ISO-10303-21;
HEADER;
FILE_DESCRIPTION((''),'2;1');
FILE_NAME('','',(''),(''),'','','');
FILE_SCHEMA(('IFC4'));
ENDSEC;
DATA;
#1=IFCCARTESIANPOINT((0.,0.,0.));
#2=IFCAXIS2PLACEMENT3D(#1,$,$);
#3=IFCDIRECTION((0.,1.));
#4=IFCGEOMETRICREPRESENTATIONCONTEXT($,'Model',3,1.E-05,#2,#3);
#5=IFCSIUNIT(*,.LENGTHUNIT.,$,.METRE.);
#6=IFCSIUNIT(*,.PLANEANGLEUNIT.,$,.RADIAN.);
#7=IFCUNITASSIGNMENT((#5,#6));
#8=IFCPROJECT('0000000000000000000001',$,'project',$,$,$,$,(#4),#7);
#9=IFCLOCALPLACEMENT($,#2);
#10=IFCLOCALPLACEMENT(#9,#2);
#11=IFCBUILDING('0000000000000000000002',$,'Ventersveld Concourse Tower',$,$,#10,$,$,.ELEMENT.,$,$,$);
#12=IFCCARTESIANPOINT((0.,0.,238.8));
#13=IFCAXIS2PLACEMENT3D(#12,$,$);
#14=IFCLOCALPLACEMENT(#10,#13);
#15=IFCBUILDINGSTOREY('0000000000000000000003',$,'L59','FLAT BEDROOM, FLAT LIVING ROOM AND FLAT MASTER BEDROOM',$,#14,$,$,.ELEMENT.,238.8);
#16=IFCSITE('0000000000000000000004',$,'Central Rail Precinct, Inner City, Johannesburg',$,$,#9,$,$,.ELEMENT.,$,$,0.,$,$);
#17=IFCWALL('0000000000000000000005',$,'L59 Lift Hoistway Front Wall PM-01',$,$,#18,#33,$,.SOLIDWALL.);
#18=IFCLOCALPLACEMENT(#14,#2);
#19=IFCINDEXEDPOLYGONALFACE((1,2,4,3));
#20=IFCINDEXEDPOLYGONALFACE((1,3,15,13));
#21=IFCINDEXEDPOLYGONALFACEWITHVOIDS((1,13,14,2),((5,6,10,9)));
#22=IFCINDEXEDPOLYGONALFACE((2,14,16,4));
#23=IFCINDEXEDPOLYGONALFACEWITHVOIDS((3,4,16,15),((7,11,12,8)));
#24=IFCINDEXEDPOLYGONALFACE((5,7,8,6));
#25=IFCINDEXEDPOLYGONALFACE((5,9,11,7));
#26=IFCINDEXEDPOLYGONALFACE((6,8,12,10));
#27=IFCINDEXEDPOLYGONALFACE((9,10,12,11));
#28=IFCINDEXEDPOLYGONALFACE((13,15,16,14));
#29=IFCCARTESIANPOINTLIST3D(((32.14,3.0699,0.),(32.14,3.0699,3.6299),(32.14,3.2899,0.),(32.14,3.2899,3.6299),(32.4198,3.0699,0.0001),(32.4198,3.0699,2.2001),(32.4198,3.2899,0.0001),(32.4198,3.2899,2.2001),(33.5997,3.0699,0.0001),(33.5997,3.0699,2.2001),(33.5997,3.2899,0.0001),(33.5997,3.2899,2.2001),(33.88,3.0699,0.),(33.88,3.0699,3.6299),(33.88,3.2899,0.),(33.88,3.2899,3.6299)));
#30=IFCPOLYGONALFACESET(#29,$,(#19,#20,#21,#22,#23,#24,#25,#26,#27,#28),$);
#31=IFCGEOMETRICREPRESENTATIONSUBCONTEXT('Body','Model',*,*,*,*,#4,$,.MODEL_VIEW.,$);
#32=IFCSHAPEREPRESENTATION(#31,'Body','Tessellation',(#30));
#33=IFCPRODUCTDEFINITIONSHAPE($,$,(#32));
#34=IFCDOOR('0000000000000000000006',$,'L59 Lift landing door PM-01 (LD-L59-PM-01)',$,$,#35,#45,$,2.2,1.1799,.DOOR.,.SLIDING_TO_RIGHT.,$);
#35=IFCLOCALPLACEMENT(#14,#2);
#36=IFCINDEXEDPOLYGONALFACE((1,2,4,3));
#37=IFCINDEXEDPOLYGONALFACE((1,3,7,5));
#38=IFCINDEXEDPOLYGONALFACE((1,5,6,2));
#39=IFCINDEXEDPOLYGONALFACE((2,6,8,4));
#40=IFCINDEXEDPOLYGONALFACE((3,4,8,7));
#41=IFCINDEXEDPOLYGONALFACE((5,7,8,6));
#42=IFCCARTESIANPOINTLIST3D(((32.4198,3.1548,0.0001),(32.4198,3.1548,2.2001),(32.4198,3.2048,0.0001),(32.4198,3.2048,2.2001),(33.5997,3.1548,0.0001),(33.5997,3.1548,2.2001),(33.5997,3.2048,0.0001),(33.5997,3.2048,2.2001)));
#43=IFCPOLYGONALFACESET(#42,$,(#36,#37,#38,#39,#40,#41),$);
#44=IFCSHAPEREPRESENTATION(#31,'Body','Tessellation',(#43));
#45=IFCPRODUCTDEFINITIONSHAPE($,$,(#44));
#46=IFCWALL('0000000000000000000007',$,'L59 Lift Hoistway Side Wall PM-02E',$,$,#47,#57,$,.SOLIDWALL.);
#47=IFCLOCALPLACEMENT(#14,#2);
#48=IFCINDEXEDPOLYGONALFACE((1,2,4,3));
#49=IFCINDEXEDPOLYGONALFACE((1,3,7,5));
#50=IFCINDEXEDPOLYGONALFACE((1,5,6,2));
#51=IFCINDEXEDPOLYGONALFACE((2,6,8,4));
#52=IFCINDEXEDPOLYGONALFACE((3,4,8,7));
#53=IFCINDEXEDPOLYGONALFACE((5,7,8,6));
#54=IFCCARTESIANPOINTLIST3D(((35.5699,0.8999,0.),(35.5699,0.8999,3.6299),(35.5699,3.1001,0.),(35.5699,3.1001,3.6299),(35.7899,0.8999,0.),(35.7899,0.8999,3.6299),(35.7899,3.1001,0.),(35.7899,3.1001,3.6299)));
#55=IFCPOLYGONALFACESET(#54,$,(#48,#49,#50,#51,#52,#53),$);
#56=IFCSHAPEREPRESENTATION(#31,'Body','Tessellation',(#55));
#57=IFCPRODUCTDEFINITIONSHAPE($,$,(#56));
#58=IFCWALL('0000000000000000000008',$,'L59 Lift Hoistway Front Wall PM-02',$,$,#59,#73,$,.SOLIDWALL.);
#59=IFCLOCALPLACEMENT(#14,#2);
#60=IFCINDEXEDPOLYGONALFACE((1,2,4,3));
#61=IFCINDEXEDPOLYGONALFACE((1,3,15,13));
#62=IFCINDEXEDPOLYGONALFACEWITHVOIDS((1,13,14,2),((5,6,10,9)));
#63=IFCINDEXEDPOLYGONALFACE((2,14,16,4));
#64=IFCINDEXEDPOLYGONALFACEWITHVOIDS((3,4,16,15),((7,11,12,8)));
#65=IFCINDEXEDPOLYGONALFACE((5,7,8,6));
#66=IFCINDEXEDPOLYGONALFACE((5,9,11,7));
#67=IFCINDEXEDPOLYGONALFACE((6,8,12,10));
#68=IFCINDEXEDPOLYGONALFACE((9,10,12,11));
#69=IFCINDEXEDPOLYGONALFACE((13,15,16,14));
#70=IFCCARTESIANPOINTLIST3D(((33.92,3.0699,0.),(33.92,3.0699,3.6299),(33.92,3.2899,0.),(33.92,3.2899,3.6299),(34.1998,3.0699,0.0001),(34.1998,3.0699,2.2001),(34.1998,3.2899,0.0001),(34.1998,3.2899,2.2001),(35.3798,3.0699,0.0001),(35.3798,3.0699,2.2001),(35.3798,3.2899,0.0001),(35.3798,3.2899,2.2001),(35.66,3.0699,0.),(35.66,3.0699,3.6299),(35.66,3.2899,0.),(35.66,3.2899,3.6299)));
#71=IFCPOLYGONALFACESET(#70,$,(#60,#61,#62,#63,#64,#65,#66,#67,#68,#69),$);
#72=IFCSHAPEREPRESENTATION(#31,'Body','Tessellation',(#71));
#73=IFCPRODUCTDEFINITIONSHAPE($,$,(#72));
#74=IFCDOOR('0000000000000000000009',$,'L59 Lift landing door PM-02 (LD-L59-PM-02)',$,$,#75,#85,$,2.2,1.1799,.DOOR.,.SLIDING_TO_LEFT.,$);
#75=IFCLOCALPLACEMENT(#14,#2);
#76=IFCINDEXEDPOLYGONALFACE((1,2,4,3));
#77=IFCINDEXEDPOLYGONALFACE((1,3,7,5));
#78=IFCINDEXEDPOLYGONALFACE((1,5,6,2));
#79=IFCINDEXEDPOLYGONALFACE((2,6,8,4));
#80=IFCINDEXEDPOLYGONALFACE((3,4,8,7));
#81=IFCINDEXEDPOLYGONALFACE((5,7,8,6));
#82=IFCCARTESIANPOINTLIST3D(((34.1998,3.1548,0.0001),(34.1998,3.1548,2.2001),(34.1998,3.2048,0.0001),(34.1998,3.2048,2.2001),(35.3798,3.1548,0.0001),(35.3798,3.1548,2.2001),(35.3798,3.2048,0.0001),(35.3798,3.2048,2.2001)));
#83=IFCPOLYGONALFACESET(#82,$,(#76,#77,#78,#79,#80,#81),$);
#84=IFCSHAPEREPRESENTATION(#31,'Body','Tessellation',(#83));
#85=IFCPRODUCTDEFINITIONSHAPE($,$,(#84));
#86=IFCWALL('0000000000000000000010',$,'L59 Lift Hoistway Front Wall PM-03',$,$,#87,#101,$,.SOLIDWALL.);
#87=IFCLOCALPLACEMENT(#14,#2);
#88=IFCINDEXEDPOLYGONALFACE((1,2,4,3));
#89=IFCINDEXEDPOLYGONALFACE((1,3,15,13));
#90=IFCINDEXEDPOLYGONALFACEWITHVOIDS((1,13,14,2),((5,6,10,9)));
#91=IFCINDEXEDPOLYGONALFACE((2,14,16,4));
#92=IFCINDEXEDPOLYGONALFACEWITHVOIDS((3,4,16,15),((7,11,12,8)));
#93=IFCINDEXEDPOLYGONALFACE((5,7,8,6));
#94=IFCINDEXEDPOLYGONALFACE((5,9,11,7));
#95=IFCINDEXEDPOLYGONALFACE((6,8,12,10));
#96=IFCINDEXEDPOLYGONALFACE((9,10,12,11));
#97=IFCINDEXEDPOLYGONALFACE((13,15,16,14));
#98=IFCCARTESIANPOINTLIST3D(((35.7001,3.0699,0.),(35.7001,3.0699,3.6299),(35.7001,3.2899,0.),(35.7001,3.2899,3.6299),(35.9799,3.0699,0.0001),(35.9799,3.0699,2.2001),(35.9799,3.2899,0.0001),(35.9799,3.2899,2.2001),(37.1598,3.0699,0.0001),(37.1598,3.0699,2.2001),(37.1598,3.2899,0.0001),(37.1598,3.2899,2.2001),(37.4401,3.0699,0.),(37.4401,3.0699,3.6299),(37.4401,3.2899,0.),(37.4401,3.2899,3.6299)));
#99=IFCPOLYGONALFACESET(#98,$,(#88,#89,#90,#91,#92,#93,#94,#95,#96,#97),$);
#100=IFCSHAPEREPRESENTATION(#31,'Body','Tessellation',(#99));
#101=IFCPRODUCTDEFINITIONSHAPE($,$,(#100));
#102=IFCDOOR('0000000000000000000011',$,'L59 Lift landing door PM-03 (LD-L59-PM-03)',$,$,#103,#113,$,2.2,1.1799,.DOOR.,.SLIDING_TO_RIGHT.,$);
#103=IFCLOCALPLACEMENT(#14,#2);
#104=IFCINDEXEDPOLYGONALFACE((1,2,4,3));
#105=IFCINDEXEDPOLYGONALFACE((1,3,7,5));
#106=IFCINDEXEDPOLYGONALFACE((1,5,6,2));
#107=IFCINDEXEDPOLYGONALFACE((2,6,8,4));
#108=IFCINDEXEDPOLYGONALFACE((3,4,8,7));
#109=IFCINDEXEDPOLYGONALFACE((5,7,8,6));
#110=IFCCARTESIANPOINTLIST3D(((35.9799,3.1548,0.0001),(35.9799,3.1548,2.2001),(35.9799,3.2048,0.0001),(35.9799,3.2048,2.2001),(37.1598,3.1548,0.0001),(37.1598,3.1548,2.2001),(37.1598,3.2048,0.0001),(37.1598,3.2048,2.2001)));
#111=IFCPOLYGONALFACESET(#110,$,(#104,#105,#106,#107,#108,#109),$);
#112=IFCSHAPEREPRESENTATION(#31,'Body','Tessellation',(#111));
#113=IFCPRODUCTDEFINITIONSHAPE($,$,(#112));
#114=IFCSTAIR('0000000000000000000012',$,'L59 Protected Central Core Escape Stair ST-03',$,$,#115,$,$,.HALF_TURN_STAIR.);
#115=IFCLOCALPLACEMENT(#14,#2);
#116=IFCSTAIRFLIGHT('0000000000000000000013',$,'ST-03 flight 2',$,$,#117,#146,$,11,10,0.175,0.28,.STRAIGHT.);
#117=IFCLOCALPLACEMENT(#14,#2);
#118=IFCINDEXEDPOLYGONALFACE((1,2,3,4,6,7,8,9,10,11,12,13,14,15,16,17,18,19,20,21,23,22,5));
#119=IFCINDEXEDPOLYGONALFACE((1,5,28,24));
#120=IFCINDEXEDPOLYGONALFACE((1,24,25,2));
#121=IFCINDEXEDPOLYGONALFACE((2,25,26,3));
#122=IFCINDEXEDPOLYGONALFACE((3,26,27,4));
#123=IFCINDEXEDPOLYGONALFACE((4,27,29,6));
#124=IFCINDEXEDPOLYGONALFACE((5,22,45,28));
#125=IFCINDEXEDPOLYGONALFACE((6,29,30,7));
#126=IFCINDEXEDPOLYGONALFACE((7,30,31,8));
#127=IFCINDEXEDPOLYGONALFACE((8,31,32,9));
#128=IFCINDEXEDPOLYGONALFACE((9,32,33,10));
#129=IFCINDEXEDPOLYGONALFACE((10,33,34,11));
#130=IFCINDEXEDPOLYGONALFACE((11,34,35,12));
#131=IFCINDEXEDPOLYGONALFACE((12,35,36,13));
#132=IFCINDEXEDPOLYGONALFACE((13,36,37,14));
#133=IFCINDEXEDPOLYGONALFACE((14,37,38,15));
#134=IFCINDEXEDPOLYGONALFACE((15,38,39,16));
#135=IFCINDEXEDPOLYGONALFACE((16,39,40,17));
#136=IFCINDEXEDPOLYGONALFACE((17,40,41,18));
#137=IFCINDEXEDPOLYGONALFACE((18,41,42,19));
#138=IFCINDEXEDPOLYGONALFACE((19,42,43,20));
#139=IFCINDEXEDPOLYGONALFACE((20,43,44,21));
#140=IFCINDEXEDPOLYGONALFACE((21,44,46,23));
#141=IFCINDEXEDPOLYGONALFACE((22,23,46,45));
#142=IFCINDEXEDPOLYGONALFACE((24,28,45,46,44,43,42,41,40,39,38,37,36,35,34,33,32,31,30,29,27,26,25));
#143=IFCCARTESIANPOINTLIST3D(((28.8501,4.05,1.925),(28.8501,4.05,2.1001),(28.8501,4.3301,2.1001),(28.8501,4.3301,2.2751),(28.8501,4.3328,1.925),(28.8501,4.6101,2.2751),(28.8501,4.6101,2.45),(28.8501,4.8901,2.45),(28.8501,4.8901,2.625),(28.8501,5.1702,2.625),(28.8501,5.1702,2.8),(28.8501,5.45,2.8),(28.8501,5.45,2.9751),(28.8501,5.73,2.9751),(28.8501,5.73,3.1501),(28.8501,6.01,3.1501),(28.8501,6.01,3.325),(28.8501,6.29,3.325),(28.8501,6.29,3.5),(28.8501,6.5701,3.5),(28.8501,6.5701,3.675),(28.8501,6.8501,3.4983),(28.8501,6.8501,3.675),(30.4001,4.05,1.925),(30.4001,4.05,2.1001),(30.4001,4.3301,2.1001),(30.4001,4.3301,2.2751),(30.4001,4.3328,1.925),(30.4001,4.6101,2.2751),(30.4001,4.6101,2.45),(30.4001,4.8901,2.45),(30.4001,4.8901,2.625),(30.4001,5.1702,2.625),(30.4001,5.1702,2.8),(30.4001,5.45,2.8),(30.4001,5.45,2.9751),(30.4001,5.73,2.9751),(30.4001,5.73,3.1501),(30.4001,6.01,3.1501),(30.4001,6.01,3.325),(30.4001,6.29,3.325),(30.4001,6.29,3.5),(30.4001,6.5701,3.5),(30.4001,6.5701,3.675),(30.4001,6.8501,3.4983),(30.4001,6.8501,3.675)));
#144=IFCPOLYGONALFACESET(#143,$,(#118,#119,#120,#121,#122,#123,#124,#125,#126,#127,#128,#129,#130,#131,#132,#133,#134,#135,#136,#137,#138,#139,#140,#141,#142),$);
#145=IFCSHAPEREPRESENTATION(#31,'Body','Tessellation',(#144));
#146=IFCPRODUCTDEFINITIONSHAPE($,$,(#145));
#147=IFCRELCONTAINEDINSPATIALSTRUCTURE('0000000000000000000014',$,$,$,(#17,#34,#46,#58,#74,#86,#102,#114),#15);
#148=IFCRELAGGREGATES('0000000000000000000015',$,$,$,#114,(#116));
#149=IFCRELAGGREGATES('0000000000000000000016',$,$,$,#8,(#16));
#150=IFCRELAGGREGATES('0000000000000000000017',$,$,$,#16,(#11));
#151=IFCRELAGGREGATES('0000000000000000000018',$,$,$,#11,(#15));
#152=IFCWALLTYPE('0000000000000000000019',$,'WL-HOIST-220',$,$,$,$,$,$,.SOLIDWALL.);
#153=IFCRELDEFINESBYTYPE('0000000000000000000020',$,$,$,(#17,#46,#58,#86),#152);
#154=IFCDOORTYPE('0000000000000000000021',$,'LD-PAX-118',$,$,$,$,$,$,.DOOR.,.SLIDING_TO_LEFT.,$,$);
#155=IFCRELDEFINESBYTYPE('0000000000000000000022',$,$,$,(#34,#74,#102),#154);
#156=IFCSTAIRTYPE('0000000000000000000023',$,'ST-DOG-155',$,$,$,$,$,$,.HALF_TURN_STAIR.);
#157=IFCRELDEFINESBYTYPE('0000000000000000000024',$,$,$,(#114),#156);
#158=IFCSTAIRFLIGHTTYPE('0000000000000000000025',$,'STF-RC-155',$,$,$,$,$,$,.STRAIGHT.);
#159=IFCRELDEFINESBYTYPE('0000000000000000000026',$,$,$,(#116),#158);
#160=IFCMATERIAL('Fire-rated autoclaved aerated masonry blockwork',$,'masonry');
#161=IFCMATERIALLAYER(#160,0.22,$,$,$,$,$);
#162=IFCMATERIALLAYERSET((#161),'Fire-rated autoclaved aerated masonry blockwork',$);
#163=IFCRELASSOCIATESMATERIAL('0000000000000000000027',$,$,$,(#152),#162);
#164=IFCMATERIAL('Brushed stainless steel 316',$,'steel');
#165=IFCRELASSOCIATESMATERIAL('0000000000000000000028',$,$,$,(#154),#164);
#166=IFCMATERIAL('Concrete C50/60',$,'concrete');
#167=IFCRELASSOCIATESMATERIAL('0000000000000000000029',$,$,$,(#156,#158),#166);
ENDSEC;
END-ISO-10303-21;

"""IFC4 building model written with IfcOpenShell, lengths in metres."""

from ifc_helpers import new_model, si_unit, direction, frame, frame_2d, origin, place, context, subcontext, project, spatial, polyline, rectangle, outline, extrude, material, layer, layer_set, type_object, element, fill, aggregate, save


model = new_model("IFC4")

# Units and contexts
model_context = context("Model", 3, precision=1e-05, world=origin(), true_north=direction((0.0, 1.0)))
body_context = subcontext(model_context, "Body", "Model", "MODEL_VIEW")
ifc_project = project(units=[si_unit("LENGTHUNIT", "METRE"), si_unit("PLANEANGLEUNIT", "RADIAN")], contexts=[model_context])

# Site, building, storey
site_placement = place(None, origin())
site = spatial("IfcSite", under=ifc_project, at=site_placement, Name="Central Rail Precinct, Inner City, Johannesburg", CompositionType="ELEMENT", RefElevation=0.0)
building_placement = place(site_placement, origin())
building = spatial("IfcBuilding", under=site, at=building_placement, Name="Ventersveld Concourse Tower", CompositionType="ELEMENT")
storey_placement = place(building_placement, frame((0.0, 0.0, 238.8)))
storey = spatial("IfcBuildingStorey", under=building, at=storey_placement, Name="L59", Description="FLAT BEDROOM, FLAT LIVING ROOM AND FLAT MASTER BEDROOM", CompositionType="ELEMENT", Elevation=238.8)

# Shared definitions
ifc_material_1 = material(Name="Concrete C50/60", Category="concrete")

# Shared definitions
ifc_material_2 = material(Name="Fire-rated autoclaved aerated masonry blockwork", Category="masonry")
ifc_layer_1 = layer(ifc_material_2, 0.22)
ifc_layer_set_1 = layer_set([ifc_layer_1], Name="Fire-rated autoclaved aerated masonry blockwork")
wall_type_1 = type_object("IfcWallType", Name="WL-HOIST-220", PredefinedType="SOLIDWALL", material=ifc_layer_set_1)

# Wall, opening, door
wall_1_placement = place(storey_placement, frame((32.1399, 3.1799, 0.0), z_axis=(0.0, 0.0, 1.0), x_axis=(1.0, 0.0, 0.0)))
wall_1 = element("IfcWall", 1, at=wall_1_placement, inside=storey, type_object=wall_type_1, Name="L59 Lift Hoistway Front Wall PM-01", PredefinedType="SOLIDWALL", context=body_context, shape_type="SweptSolid", body=[
    extrude(rectangle(XDim=1.74, YDim=0.22, at=frame_2d((0.8701, 0.0))), origin(), (0.0, 0.0, 1.0), 3.6299),
])
opening_1_placement = place(wall_1_placement, frame((0.28, 0.0, 0.0)))
opening_1 = element("IfcOpeningElement", 2, at=opening_1_placement, cuts=wall_1, PredefinedType="OPENING", context=body_context, shape_type="SweptSolid", body=[
    extrude(rectangle(XDim=1.1799, YDim=2.2, at=frame_2d((0.5898, 1.1001))), frame((0.0, 0.1201, 0.0), z_axis=(0.0, -1.0, 0.0), x_axis=(1.0, 0.0, 0.0)), (0.0, 0.0, 1.0), 0.24),
])
ifc_material_3 = material(Name="Brushed stainless steel 316", Category="steel")
door_type = type_object("IfcDoorType", Name="LD-PAX-118", OperationType="SLIDING_TO_LEFT", PredefinedType="DOOR", material=ifc_material_3)
door_1_placement = place(opening_1_placement, origin())
door_1 = element("IfcDoor", 3, at=door_1_placement, inside=storey, type_object=door_type, Name="L59 Lift landing door PM-01 (LD-L59-PM-01)", OperationType="SLIDING_TO_RIGHT", OverallHeight=2.2, OverallWidth=1.1799, PredefinedType="DOOR", context=body_context, shape_type="SweptSolid", body=[
    extrude(rectangle(XDim=1.1799, YDim=2.2, at=frame_2d((0.5898, 1.1001))), frame((0.0, 0.0249, 0.0), z_axis=(0.0, -1.0, 0.0), x_axis=(1.0, 0.0, 0.0)), (0.0, 0.0, 1.0), 0.05),
])
fill(opening_1, door_1)

# Wall
wall_2_placement = place(storey_placement, frame((35.6799, 0.8999, 0.0), z_axis=(0.0, 0.0, 1.0), x_axis=(0.0, 1.0, 0.0)))
element("IfcWall", 4, at=wall_2_placement, inside=storey, type_object=wall_type_1, Name="L59 Lift Hoistway Side Wall PM-02E", PredefinedType="SOLIDWALL", context=body_context, shape_type="SweptSolid", body=[
    extrude(rectangle(XDim=2.2002, YDim=0.22, at=frame_2d((1.1001, 0.0))), origin(), (0.0, 0.0, 1.0), 3.6299),
])

# Walls, openings, doors
wall_3_placement = place(storey_placement, frame((33.9199, 3.1799, 0.0), z_axis=(0.0, 0.0, 1.0), x_axis=(1.0, 0.0, 0.0)))
wall_3 = element("IfcWall", 5, at=wall_3_placement, inside=storey, type_object=wall_type_1, Name="L59 Lift Hoistway Front Wall PM-02", PredefinedType="SOLIDWALL", context=body_context, shape_type="SweptSolid", body=[
    extrude(rectangle(XDim=1.74, YDim=0.22, at=frame_2d((0.8701, 0.0))), origin(), (0.0, 0.0, 1.0), 3.6299),
])
opening_2_placement = place(wall_3_placement, frame((0.28, 0.0, 0.0)))
opening_2 = element("IfcOpeningElement", 6, at=opening_2_placement, cuts=wall_3, PredefinedType="OPENING", context=body_context, shape_type="SweptSolid", body=[
    extrude(rectangle(XDim=1.1799, YDim=2.2, at=frame_2d((0.5898, 1.1001))), frame((0.0, 0.1201, 0.0), z_axis=(0.0, -1.0, 0.0), x_axis=(1.0, 0.0, 0.0)), (0.0, 0.0, 1.0), 0.24),
])
door_2_placement = place(opening_2_placement, origin())
door_2 = element("IfcDoor", 7, at=door_2_placement, inside=storey, type_object=door_type, Name="L59 Lift landing door PM-02 (LD-L59-PM-02)", OperationType="SLIDING_TO_LEFT", OverallHeight=2.2, OverallWidth=1.1799, PredefinedType="DOOR", context=body_context, shape_type="SweptSolid", body=[
    extrude(rectangle(XDim=1.1799, YDim=2.2, at=frame_2d((0.5898, 1.1001))), frame((0.0, 0.0249, 0.0), z_axis=(0.0, -1.0, 0.0), x_axis=(1.0, 0.0, 0.0)), (0.0, 0.0, 1.0), 0.05),
])
fill(opening_2, door_2)
wall_4_placement = place(storey_placement, frame((35.7, 3.1799, 0.0), z_axis=(0.0, 0.0, 1.0), x_axis=(1.0, 0.0, 0.0)))
wall_4 = element("IfcWall", 8, at=wall_4_placement, inside=storey, type_object=wall_type_1, Name="L59 Lift Hoistway Front Wall PM-03", PredefinedType="SOLIDWALL", context=body_context, shape_type="SweptSolid", body=[
    extrude(rectangle(XDim=1.74, YDim=0.22, at=frame_2d((0.8701, 0.0))), origin(), (0.0, 0.0, 1.0), 3.6299),
])
opening_3_placement = place(wall_4_placement, frame((0.28, 0.0, 0.0)))
opening_3 = element("IfcOpeningElement", 9, at=opening_3_placement, cuts=wall_4, PredefinedType="OPENING", context=body_context, shape_type="SweptSolid", body=[
    extrude(rectangle(XDim=1.1799, YDim=2.2, at=frame_2d((0.5898, 1.1001))), frame((0.0, 0.1201, 0.0), z_axis=(0.0, -1.0, 0.0), x_axis=(1.0, 0.0, 0.0)), (0.0, 0.0, 1.0), 0.24),
])
door_3_placement = place(opening_3_placement, origin())
door_3 = element("IfcDoor", 10, at=door_3_placement, inside=storey, type_object=door_type, Name="L59 Lift landing door PM-03 (LD-L59-PM-03)", OperationType="SLIDING_TO_RIGHT", OverallHeight=2.2, OverallWidth=1.1799, PredefinedType="DOOR", context=body_context, shape_type="SweptSolid", body=[
    extrude(rectangle(XDim=1.1799, YDim=2.2, at=frame_2d((0.5898, 1.1001))), frame((0.0, 0.0249, 0.0), z_axis=(0.0, -1.0, 0.0), x_axis=(1.0, 0.0, 0.0)), (0.0, 0.0, 1.0), 0.05),
])
fill(opening_3, door_3)

# Stair, stair flight
stair_type = type_object("IfcStairType", Name="ST-DOG-155", PredefinedType="HALF_TURN_STAIR", material=ifc_material_1)
stair_placement = place(storey_placement, origin())
stair = element("IfcStair", 11, at=stair_placement, inside=storey, type_object=stair_type, Name="L59 Protected Central Core Escape Stair ST-03", PredefinedType="HALF_TURN_STAIR")
stair_flight_type = type_object("IfcStairFlightType", Name="STF-RC-155", PredefinedType="STRAIGHT", material=ifc_material_1)
stair_flight_placement = place(storey_placement, frame((29.625, 4.05, 1.925), z_axis=(0.0, 0.0, 1.0), x_axis=(0.0, 1.0, 0.0)))
stair_flight = element("IfcStairFlight", 12, at=stair_flight_placement, type_object=stair_flight_type, Name="ST-03 flight 2", NumberOfRisers=11, NumberOfTreads=10, PredefinedType="STRAIGHT", RiserHeight=0.175, TreadLength=0.28, context=body_context, shape_type="SweptSolid", body=[
    extrude(outline(polyline([(0.0, 0.0), (0.0, 0.175), (0.28, 0.175), (0.28, 0.3501), (0.5601, 0.3501), (0.5601, 0.5249), (0.8401, 0.5249), (0.8401, 0.7), (1.1201, 0.7), (1.1201, 0.875), (1.3999, 0.875), (1.3999, 1.05), (1.6799, 1.05), (1.6799, 1.2251), (1.96, 1.2251), (1.96, 1.3999), (2.24, 1.3999), (2.24, 1.575), (2.52, 1.575), (2.52, 1.75), (2.8, 1.75), (2.8, 1.925), (2.8, 1.5732), (0.2827, 0.0), (0.0, 0.0)])), frame((0.0, 0.7749, 0.0), z_axis=(0.0, -1.0, 0.0), x_axis=(1.0, 0.0, 0.0)), (0.0, 0.0, 1.0), 1.55),
])
aggregate(stair, [stair_flight])

save(model, "model.ifc")
